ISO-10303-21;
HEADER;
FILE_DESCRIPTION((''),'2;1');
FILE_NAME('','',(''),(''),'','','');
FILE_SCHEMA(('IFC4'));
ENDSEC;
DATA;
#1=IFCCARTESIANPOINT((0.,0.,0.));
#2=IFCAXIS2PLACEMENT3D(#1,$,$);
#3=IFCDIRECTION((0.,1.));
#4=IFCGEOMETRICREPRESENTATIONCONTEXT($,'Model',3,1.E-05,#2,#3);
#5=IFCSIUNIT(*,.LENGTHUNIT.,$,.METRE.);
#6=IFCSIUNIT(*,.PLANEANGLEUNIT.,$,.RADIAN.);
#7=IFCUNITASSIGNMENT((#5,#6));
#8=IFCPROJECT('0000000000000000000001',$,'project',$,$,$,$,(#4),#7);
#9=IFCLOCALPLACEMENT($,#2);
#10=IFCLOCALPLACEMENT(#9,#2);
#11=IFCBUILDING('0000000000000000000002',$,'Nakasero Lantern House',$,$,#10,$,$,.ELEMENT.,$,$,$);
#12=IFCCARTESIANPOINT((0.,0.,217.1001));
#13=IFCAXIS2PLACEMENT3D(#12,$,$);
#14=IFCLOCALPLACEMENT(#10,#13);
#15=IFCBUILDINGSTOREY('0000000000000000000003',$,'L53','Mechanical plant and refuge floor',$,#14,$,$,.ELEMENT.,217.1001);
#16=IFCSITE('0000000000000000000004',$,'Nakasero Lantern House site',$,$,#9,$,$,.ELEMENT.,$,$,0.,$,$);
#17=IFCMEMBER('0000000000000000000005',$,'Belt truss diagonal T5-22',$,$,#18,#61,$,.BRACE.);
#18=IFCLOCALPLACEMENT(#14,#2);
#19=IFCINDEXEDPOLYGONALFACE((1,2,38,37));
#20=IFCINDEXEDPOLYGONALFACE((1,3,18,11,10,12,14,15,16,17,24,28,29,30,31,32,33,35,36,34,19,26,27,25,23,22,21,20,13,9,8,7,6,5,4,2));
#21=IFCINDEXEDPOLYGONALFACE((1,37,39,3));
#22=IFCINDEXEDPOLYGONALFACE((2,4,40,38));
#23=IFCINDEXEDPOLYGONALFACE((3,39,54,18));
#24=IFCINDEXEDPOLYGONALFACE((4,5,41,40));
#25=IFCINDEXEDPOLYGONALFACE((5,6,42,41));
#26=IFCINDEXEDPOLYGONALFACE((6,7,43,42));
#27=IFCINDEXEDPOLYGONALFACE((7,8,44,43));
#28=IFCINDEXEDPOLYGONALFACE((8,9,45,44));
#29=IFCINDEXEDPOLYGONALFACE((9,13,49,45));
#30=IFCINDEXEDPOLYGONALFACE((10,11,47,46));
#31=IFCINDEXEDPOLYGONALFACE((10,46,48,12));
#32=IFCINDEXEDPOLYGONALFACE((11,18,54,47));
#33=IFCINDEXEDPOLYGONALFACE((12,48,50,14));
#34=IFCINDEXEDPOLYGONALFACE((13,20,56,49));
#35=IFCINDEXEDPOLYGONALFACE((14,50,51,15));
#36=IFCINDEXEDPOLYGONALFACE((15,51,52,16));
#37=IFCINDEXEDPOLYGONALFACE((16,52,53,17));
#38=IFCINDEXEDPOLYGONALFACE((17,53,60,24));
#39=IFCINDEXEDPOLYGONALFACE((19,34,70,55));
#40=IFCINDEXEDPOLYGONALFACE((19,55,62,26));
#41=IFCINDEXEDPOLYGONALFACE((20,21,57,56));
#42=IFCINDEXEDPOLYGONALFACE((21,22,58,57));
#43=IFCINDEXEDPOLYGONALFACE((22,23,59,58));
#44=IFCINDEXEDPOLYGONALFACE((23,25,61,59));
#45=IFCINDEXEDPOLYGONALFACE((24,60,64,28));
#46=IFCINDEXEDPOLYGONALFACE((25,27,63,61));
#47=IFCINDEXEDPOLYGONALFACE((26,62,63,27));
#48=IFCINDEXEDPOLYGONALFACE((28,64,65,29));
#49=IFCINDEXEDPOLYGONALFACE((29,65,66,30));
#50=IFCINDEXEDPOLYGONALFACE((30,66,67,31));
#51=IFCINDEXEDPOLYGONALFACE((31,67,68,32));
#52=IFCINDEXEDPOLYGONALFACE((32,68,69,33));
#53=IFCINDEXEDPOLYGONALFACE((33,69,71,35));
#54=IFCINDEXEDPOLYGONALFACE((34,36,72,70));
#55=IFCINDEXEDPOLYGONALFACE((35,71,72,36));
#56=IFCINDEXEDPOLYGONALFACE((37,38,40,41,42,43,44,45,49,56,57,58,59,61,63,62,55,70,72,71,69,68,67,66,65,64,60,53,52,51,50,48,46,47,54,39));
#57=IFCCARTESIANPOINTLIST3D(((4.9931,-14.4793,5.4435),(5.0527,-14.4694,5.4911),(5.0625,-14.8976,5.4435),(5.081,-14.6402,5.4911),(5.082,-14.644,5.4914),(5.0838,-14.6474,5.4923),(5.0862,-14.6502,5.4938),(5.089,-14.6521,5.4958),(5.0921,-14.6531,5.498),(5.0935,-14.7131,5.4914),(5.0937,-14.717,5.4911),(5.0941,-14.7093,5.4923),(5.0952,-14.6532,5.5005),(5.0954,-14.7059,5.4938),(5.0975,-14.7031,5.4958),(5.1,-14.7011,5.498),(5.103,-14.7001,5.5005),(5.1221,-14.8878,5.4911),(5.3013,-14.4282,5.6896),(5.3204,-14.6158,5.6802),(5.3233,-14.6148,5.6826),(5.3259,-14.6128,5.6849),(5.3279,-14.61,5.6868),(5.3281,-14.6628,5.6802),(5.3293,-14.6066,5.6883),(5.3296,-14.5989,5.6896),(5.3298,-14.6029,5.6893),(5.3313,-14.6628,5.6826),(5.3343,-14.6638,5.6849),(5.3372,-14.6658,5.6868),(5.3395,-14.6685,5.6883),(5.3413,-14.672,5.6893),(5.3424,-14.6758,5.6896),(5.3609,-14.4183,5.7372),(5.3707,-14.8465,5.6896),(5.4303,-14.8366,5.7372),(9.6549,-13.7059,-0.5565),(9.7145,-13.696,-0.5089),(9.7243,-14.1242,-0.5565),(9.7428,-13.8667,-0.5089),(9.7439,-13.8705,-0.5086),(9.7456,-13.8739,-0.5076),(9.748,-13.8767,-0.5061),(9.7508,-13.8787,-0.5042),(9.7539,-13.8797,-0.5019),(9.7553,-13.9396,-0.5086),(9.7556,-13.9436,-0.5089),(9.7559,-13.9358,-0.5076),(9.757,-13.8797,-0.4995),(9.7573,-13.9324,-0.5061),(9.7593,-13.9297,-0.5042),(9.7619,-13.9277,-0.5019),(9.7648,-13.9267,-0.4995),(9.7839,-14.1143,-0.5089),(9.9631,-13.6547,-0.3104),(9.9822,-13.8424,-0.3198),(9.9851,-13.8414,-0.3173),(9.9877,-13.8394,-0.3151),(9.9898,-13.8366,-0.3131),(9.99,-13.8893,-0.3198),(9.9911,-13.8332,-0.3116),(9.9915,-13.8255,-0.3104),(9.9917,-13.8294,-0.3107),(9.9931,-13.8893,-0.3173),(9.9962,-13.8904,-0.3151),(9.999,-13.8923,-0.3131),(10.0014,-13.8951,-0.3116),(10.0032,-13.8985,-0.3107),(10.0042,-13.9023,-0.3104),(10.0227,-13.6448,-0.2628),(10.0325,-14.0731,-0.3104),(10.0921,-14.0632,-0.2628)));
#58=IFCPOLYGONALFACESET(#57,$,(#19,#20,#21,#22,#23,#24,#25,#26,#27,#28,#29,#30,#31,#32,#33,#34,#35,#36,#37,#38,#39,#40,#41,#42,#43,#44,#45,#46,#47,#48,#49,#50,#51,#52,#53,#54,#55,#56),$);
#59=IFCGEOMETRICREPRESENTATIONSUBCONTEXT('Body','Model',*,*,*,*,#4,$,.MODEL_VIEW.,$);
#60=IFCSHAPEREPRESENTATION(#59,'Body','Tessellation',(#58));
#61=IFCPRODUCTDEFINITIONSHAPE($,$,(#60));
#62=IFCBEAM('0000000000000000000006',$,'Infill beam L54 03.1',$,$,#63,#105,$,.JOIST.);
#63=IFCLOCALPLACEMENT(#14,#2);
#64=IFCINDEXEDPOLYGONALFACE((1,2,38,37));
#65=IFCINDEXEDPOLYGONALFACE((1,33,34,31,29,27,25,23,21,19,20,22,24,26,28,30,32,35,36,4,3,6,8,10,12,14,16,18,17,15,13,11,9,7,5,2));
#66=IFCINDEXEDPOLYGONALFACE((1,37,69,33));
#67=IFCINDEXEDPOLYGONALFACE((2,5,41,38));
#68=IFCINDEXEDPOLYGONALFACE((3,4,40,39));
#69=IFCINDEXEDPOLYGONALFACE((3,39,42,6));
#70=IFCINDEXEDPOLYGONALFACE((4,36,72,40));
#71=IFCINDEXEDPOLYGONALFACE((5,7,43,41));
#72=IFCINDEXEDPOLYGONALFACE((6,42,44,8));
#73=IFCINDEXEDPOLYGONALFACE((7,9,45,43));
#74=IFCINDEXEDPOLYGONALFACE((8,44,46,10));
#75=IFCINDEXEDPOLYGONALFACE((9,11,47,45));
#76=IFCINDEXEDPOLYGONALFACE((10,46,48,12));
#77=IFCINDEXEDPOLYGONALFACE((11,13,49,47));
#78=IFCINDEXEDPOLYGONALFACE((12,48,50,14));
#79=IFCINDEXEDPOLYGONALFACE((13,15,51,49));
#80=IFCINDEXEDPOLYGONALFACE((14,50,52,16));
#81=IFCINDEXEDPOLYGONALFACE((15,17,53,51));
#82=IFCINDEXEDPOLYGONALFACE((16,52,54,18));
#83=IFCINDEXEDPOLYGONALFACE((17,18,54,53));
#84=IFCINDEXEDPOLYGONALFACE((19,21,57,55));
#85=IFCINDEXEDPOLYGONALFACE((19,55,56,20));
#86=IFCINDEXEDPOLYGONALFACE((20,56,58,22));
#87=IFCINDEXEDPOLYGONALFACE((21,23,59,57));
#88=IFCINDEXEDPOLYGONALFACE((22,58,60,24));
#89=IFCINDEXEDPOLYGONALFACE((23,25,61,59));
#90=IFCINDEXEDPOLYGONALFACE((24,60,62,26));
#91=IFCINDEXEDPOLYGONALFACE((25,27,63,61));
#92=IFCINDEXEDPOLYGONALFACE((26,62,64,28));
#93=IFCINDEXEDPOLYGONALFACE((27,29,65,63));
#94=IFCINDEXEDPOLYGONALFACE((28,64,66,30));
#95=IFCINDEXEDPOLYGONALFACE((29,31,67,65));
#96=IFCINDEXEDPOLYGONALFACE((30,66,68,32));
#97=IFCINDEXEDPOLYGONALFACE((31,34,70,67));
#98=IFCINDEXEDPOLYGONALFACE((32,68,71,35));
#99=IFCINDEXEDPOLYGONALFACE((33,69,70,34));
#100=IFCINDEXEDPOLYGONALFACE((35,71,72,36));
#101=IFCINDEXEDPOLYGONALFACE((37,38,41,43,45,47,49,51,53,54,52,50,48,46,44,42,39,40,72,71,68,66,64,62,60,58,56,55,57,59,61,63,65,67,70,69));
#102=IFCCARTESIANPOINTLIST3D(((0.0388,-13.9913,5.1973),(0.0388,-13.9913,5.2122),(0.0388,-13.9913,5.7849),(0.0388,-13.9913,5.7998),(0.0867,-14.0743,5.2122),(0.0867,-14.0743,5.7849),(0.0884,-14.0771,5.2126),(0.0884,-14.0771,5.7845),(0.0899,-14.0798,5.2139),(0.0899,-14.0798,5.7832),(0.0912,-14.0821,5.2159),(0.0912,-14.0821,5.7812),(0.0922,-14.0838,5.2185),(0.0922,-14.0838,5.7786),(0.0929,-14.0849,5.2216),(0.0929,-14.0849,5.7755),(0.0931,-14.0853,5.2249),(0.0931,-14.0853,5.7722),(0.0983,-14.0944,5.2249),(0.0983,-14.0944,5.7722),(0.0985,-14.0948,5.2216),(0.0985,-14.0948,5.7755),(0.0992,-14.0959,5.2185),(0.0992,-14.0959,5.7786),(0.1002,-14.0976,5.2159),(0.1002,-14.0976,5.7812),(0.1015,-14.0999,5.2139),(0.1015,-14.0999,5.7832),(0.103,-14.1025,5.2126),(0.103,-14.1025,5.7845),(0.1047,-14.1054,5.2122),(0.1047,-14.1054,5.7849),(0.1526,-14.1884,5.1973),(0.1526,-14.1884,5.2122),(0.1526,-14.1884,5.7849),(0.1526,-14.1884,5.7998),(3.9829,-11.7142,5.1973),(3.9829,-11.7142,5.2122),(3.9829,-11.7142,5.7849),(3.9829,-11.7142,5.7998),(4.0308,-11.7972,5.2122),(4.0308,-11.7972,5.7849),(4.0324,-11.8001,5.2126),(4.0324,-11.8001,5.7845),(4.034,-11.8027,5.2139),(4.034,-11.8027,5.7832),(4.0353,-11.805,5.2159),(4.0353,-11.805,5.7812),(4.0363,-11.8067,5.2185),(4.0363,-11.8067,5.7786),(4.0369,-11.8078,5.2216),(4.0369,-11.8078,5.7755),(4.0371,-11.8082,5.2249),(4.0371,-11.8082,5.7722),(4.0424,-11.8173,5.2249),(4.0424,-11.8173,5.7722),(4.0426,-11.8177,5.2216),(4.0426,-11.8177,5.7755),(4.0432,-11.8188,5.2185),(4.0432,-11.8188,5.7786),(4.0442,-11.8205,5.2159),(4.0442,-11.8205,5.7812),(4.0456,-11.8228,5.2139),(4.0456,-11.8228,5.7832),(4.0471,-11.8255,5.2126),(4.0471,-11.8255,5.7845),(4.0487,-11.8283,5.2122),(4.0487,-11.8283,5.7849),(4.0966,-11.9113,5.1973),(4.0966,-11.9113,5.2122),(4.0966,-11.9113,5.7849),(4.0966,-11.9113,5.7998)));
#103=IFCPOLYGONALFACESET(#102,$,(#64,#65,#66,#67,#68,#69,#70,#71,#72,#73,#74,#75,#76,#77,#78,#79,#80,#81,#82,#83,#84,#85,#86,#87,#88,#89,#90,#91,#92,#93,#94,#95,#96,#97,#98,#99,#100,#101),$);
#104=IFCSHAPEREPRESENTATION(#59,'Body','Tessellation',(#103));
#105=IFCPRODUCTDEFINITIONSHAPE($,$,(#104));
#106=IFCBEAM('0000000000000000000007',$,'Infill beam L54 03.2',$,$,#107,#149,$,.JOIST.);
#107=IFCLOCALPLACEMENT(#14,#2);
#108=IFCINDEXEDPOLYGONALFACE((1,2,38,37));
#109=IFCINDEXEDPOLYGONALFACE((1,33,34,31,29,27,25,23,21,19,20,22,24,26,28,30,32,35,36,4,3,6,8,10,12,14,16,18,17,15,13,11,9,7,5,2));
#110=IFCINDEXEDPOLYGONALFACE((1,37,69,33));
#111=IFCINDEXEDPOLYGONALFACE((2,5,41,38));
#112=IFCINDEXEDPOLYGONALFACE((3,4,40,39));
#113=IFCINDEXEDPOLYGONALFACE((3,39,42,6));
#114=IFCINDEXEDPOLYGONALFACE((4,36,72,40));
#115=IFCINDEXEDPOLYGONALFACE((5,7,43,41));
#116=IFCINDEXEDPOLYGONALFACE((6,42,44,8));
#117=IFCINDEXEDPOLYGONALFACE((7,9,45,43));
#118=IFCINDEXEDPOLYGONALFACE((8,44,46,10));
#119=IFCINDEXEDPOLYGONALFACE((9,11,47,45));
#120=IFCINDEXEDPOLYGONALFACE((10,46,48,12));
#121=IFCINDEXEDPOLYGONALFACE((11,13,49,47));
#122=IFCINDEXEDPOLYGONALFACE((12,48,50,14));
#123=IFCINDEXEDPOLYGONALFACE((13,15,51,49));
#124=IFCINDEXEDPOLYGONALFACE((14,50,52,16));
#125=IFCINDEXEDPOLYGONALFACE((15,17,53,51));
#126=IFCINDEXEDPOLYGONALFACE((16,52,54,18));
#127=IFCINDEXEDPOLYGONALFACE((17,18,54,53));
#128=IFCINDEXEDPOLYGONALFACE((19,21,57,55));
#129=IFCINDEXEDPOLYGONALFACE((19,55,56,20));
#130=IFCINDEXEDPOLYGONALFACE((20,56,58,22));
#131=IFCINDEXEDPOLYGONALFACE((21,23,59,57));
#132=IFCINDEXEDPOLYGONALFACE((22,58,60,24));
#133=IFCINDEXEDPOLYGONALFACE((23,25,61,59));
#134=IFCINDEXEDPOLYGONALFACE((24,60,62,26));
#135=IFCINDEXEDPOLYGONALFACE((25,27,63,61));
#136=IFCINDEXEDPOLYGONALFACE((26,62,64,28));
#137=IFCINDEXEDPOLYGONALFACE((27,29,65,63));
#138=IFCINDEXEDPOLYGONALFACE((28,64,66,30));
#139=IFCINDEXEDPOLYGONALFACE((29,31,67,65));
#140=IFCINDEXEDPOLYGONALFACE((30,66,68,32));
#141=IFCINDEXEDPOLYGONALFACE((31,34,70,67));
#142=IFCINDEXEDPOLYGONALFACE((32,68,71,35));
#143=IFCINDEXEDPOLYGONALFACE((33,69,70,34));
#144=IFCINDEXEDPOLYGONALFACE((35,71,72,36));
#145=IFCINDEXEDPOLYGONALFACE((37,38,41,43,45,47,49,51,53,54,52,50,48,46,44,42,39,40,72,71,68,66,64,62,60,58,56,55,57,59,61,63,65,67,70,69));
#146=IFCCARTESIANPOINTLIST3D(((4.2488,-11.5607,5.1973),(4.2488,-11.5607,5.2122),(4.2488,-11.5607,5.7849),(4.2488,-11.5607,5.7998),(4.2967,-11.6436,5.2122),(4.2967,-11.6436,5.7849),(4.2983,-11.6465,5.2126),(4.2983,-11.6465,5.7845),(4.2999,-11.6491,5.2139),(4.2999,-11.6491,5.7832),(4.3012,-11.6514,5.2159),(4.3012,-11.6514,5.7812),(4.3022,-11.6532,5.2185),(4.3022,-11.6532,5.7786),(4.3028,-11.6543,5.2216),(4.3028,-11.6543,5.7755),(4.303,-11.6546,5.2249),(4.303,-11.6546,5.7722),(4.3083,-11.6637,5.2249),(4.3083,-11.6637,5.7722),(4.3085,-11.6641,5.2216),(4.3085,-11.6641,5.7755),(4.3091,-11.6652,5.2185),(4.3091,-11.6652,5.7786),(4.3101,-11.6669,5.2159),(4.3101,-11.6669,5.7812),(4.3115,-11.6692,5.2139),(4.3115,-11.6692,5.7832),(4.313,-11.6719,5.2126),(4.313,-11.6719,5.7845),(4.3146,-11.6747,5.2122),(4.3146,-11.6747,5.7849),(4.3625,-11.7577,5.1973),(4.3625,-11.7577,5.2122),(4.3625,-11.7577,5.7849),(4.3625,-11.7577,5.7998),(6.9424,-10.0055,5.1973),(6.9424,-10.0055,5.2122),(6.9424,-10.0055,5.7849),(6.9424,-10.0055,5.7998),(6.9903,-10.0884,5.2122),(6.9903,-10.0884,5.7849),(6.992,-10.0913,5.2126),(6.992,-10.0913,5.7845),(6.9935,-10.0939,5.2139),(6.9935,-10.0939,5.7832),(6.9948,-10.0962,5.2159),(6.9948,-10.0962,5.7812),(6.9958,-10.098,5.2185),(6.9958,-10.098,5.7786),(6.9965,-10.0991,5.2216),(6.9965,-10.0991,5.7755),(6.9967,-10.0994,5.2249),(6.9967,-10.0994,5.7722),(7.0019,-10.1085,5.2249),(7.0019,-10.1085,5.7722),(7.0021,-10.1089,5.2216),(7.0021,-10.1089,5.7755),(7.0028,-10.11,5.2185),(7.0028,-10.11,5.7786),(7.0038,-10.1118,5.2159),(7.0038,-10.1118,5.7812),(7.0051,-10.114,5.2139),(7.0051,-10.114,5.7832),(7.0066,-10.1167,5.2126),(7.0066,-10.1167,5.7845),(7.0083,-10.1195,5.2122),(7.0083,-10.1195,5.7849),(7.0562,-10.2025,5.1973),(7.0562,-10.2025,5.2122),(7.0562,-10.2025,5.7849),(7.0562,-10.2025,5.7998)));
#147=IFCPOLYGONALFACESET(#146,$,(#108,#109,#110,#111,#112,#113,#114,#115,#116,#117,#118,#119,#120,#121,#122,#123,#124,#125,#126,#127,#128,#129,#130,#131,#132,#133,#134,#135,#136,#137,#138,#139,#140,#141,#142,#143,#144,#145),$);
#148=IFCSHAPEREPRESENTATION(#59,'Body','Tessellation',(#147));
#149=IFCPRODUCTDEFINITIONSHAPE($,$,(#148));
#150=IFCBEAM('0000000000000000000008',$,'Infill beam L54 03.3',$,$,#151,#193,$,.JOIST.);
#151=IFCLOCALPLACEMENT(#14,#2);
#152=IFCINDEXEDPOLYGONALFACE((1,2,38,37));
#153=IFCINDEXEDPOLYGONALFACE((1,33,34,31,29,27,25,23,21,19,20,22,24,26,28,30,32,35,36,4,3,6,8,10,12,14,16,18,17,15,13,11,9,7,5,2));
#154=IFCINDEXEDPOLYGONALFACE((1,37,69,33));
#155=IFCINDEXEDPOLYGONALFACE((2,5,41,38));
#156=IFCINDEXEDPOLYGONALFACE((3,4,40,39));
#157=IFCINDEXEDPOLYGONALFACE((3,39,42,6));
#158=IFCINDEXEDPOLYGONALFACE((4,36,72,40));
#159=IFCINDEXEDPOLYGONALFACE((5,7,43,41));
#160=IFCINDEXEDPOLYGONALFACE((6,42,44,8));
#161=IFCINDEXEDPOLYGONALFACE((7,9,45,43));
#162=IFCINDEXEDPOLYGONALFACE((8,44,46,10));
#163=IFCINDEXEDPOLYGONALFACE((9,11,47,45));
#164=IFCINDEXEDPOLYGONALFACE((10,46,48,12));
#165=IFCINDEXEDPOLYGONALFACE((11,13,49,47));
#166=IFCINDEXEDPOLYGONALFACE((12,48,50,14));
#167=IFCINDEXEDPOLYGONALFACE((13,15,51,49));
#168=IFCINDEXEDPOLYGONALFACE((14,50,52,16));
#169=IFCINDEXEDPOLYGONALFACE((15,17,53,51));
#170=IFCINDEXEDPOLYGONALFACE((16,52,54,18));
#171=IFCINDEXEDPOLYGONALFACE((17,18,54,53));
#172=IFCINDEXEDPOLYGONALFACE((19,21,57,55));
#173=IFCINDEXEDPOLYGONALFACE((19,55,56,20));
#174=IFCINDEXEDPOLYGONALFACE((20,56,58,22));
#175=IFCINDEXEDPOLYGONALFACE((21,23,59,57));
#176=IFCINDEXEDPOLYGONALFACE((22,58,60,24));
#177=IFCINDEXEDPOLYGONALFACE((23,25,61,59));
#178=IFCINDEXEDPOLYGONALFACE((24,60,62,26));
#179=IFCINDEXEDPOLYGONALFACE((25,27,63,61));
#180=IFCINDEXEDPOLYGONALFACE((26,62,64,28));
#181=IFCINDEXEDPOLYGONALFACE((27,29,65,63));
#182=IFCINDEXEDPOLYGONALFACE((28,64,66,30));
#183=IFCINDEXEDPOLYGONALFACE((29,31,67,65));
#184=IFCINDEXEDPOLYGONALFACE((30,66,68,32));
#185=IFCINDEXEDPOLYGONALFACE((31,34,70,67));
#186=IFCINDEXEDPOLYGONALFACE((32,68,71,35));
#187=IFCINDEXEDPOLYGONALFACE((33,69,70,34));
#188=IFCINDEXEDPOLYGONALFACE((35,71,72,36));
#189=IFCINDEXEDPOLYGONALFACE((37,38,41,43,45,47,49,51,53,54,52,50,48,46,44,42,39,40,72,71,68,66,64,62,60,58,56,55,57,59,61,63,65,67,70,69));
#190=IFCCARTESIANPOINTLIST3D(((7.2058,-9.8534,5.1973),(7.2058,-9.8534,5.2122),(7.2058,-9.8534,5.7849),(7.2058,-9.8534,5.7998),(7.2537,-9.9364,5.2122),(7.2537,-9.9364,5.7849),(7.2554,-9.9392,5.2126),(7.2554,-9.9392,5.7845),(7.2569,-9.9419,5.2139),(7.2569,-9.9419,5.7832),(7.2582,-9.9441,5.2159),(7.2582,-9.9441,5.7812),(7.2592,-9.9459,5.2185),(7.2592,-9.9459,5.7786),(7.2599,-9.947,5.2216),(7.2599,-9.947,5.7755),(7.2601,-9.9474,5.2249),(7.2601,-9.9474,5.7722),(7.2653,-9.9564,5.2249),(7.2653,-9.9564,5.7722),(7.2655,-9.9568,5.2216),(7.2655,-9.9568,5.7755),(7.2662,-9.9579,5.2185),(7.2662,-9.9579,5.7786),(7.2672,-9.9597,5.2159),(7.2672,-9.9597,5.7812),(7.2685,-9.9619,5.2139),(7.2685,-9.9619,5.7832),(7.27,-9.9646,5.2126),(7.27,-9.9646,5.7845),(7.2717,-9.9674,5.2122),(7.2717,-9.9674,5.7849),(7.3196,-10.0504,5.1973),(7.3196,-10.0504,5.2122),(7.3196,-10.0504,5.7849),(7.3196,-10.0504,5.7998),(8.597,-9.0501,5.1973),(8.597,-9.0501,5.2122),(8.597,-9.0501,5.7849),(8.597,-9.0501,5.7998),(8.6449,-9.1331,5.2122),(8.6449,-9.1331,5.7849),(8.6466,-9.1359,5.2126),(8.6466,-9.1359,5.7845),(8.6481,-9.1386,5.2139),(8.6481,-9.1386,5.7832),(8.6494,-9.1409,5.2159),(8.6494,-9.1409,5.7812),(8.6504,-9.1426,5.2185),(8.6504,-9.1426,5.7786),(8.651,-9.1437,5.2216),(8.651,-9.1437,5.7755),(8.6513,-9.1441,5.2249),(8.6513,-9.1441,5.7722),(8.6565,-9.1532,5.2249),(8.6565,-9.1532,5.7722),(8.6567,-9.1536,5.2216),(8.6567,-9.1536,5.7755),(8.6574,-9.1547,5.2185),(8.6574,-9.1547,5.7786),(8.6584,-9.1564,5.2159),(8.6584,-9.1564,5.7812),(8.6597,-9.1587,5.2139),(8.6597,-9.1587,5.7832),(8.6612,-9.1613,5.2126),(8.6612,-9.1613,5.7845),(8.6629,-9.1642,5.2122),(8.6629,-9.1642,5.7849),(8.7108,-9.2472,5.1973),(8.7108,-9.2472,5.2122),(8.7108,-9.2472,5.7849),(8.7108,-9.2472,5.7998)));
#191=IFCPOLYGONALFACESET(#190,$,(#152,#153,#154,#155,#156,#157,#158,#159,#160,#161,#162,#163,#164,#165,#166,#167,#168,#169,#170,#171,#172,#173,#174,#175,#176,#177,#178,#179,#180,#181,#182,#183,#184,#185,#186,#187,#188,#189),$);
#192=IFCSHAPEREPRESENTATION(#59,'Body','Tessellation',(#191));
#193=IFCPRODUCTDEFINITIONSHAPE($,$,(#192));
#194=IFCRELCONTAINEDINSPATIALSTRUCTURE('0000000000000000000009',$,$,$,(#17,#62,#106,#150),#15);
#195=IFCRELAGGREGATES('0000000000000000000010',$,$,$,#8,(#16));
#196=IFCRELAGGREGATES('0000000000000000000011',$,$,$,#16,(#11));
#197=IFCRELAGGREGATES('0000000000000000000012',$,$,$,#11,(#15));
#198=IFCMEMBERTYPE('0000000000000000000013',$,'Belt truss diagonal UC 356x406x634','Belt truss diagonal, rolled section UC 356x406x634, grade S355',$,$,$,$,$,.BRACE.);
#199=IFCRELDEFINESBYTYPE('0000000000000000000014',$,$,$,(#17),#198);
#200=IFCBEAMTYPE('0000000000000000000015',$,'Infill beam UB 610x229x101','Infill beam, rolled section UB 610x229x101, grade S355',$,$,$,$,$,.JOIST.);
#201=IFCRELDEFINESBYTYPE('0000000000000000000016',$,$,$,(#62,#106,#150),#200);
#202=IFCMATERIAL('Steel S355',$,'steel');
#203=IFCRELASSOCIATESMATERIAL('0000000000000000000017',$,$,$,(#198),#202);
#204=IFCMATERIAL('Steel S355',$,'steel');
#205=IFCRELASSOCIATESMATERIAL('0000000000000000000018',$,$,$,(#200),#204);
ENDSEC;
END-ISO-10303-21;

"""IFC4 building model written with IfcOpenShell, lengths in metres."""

from ifc_helpers import new_model, si_unit, direction, frame, origin, origin_2d, place, context, subcontext, project, spatial, i_section, extrude, material, material_profile, profile_set, type_object, element, save


model = new_model("IFC4")

# Units and contexts
model_context = context("Model", 3, precision=1e-05, world=origin(), true_north=direction((0.0, 1.0)))
body_context = subcontext(model_context, "Body", "Model", "MODEL_VIEW")
ifc_project = project(units=[si_unit("LENGTHUNIT", "METRE"), si_unit("PLANEANGLEUNIT", "RADIAN")], contexts=[model_context])

# Site, building, storey
site_placement = place(None, origin())
site = spatial("IfcSite", under=ifc_project, at=site_placement, Name="Nakasero Lantern House site", CompositionType="ELEMENT", RefElevation=0.0)
building_placement = place(site_placement, origin())
building = spatial("IfcBuilding", under=site, at=building_placement, Name="Nakasero Lantern House", CompositionType="ELEMENT")
storey_placement = place(building_placement, frame((0.0, 0.0, 217.1001)))
storey = spatial("IfcBuildingStorey", under=building, at=storey_placement, Name="L53", Description="Mechanical plant and refuge floor", CompositionType="ELEMENT", Elevation=217.1001)

# Member
ifc_material_1 = material(Name="Steel S355", Category="steel")
ifc_material_profile_1 = material_profile(ifc_material_1, i_section(OverallWidth=0.4241, OverallDepth=0.4746, WebThickness=0.0476, FlangeThickness=0.0769, FilletRadius=0.0151, at=origin_2d()), Name="UC 356x406x634")
ifc_profile_set_1 = profile_set([ifc_material_profile_1], Name="Steel S355")
member_type_1 = type_object("IfcMemberType", Name="Belt truss diagonal UC 356x406x634", Description="Belt truss diagonal, rolled section UC 356x406x634, grade S355", PredefinedType="BRACE", material=ifc_profile_set_1)
member_1_placement = place(storey_placement, frame((5.2117, -14.658, 5.5903), z_axis=(0.610393, 0.101269, -0.785599), x_axis=(-0.16367, 0.986515, 0.0)))
element("IfcMember", 1, at=member_1_placement, inside=storey, type_object=member_type_1, Name="Belt truss diagonal T5-22", PredefinedType="BRACE", context=body_context, shape_type="SweptSolid", body=[
    extrude(i_section(OverallWidth=0.4241, OverallDepth=0.4746, WebThickness=0.0476, FlangeThickness=0.0769, FilletRadius=0.0151, at=origin_2d()), origin(), (0.0, 0.0, 1.0), 7.6375),
])

# Beams
ifc_material_2 = material(Name="Steel S355", Category="steel")
ifc_material_profile_2 = material_profile(ifc_material_2, i_section(OverallWidth=0.2275, OverallDepth=0.6025, WebThickness=0.0105, FlangeThickness=0.0149, FilletRadius=0.0127, at=origin_2d()), Name="UB 610x229x101")
ifc_profile_set_2 = profile_set([ifc_material_profile_2], Name="Steel S355")
beam_type_1 = type_object("IfcBeamType", Name="Infill beam UB 610x229x101", Description="Infill beam, rolled section UB 610x229x101, grade S355", PredefinedType="JOIST", material=ifc_profile_set_2)
beam_1_placement = place(storey_placement, frame((0.0957, -14.0898, 5.4985), z_axis=(0.866028, 0.499996, 0.0), x_axis=(-0.499996, 0.866028, 0.0)))
element("IfcBeam", 2, at=beam_1_placement, inside=storey, type_object=beam_type_1, Name="Infill beam L54 03.1", PredefinedType="JOIST", context=body_context, shape_type="SweptSolid", body=[
    extrude(i_section(OverallWidth=0.2275, OverallDepth=0.6025, WebThickness=0.0105, FlangeThickness=0.0149, FilletRadius=0.0127, at=origin_2d()), origin(), (0.0, 0.0, 1.0), 4.5542),
])
beam_2_placement = place(storey_placement, frame((4.3057, -11.6592, 5.4985), z_axis=(0.866022, 0.500006, 0.0), x_axis=(-0.500006, 0.866022, 0.0)))
element("IfcBeam", 3, at=beam_2_placement, inside=storey, type_object=beam_type_1, Name="Infill beam L54 03.2", PredefinedType="JOIST", context=body_context, shape_type="SweptSolid", body=[
    extrude(i_section(OverallWidth=0.2275, OverallDepth=0.6025, WebThickness=0.0105, FlangeThickness=0.0149, FilletRadius=0.0127, at=origin_2d()), origin(), (0.0, 0.0, 1.0), 3.1104),
])
beam_3_placement = place(storey_placement, frame((7.2627, -9.9519, 5.4985), z_axis=(0.866008, 0.500029, 0.0), x_axis=(-0.500029, 0.866008, 0.0)))
element("IfcBeam", 4, at=beam_3_placement, inside=storey, type_object=beam_type_1, Name="Infill beam L54 03.3", PredefinedType="JOIST", context=body_context, shape_type="SweptSolid", body=[
    extrude(i_section(OverallWidth=0.2275, OverallDepth=0.6025, WebThickness=0.0105, FlangeThickness=0.0149, FilletRadius=0.0127, at=origin_2d()), origin(), (0.0, 0.0, 1.0), 1.6064),
])

save(model, "model.ifc")
